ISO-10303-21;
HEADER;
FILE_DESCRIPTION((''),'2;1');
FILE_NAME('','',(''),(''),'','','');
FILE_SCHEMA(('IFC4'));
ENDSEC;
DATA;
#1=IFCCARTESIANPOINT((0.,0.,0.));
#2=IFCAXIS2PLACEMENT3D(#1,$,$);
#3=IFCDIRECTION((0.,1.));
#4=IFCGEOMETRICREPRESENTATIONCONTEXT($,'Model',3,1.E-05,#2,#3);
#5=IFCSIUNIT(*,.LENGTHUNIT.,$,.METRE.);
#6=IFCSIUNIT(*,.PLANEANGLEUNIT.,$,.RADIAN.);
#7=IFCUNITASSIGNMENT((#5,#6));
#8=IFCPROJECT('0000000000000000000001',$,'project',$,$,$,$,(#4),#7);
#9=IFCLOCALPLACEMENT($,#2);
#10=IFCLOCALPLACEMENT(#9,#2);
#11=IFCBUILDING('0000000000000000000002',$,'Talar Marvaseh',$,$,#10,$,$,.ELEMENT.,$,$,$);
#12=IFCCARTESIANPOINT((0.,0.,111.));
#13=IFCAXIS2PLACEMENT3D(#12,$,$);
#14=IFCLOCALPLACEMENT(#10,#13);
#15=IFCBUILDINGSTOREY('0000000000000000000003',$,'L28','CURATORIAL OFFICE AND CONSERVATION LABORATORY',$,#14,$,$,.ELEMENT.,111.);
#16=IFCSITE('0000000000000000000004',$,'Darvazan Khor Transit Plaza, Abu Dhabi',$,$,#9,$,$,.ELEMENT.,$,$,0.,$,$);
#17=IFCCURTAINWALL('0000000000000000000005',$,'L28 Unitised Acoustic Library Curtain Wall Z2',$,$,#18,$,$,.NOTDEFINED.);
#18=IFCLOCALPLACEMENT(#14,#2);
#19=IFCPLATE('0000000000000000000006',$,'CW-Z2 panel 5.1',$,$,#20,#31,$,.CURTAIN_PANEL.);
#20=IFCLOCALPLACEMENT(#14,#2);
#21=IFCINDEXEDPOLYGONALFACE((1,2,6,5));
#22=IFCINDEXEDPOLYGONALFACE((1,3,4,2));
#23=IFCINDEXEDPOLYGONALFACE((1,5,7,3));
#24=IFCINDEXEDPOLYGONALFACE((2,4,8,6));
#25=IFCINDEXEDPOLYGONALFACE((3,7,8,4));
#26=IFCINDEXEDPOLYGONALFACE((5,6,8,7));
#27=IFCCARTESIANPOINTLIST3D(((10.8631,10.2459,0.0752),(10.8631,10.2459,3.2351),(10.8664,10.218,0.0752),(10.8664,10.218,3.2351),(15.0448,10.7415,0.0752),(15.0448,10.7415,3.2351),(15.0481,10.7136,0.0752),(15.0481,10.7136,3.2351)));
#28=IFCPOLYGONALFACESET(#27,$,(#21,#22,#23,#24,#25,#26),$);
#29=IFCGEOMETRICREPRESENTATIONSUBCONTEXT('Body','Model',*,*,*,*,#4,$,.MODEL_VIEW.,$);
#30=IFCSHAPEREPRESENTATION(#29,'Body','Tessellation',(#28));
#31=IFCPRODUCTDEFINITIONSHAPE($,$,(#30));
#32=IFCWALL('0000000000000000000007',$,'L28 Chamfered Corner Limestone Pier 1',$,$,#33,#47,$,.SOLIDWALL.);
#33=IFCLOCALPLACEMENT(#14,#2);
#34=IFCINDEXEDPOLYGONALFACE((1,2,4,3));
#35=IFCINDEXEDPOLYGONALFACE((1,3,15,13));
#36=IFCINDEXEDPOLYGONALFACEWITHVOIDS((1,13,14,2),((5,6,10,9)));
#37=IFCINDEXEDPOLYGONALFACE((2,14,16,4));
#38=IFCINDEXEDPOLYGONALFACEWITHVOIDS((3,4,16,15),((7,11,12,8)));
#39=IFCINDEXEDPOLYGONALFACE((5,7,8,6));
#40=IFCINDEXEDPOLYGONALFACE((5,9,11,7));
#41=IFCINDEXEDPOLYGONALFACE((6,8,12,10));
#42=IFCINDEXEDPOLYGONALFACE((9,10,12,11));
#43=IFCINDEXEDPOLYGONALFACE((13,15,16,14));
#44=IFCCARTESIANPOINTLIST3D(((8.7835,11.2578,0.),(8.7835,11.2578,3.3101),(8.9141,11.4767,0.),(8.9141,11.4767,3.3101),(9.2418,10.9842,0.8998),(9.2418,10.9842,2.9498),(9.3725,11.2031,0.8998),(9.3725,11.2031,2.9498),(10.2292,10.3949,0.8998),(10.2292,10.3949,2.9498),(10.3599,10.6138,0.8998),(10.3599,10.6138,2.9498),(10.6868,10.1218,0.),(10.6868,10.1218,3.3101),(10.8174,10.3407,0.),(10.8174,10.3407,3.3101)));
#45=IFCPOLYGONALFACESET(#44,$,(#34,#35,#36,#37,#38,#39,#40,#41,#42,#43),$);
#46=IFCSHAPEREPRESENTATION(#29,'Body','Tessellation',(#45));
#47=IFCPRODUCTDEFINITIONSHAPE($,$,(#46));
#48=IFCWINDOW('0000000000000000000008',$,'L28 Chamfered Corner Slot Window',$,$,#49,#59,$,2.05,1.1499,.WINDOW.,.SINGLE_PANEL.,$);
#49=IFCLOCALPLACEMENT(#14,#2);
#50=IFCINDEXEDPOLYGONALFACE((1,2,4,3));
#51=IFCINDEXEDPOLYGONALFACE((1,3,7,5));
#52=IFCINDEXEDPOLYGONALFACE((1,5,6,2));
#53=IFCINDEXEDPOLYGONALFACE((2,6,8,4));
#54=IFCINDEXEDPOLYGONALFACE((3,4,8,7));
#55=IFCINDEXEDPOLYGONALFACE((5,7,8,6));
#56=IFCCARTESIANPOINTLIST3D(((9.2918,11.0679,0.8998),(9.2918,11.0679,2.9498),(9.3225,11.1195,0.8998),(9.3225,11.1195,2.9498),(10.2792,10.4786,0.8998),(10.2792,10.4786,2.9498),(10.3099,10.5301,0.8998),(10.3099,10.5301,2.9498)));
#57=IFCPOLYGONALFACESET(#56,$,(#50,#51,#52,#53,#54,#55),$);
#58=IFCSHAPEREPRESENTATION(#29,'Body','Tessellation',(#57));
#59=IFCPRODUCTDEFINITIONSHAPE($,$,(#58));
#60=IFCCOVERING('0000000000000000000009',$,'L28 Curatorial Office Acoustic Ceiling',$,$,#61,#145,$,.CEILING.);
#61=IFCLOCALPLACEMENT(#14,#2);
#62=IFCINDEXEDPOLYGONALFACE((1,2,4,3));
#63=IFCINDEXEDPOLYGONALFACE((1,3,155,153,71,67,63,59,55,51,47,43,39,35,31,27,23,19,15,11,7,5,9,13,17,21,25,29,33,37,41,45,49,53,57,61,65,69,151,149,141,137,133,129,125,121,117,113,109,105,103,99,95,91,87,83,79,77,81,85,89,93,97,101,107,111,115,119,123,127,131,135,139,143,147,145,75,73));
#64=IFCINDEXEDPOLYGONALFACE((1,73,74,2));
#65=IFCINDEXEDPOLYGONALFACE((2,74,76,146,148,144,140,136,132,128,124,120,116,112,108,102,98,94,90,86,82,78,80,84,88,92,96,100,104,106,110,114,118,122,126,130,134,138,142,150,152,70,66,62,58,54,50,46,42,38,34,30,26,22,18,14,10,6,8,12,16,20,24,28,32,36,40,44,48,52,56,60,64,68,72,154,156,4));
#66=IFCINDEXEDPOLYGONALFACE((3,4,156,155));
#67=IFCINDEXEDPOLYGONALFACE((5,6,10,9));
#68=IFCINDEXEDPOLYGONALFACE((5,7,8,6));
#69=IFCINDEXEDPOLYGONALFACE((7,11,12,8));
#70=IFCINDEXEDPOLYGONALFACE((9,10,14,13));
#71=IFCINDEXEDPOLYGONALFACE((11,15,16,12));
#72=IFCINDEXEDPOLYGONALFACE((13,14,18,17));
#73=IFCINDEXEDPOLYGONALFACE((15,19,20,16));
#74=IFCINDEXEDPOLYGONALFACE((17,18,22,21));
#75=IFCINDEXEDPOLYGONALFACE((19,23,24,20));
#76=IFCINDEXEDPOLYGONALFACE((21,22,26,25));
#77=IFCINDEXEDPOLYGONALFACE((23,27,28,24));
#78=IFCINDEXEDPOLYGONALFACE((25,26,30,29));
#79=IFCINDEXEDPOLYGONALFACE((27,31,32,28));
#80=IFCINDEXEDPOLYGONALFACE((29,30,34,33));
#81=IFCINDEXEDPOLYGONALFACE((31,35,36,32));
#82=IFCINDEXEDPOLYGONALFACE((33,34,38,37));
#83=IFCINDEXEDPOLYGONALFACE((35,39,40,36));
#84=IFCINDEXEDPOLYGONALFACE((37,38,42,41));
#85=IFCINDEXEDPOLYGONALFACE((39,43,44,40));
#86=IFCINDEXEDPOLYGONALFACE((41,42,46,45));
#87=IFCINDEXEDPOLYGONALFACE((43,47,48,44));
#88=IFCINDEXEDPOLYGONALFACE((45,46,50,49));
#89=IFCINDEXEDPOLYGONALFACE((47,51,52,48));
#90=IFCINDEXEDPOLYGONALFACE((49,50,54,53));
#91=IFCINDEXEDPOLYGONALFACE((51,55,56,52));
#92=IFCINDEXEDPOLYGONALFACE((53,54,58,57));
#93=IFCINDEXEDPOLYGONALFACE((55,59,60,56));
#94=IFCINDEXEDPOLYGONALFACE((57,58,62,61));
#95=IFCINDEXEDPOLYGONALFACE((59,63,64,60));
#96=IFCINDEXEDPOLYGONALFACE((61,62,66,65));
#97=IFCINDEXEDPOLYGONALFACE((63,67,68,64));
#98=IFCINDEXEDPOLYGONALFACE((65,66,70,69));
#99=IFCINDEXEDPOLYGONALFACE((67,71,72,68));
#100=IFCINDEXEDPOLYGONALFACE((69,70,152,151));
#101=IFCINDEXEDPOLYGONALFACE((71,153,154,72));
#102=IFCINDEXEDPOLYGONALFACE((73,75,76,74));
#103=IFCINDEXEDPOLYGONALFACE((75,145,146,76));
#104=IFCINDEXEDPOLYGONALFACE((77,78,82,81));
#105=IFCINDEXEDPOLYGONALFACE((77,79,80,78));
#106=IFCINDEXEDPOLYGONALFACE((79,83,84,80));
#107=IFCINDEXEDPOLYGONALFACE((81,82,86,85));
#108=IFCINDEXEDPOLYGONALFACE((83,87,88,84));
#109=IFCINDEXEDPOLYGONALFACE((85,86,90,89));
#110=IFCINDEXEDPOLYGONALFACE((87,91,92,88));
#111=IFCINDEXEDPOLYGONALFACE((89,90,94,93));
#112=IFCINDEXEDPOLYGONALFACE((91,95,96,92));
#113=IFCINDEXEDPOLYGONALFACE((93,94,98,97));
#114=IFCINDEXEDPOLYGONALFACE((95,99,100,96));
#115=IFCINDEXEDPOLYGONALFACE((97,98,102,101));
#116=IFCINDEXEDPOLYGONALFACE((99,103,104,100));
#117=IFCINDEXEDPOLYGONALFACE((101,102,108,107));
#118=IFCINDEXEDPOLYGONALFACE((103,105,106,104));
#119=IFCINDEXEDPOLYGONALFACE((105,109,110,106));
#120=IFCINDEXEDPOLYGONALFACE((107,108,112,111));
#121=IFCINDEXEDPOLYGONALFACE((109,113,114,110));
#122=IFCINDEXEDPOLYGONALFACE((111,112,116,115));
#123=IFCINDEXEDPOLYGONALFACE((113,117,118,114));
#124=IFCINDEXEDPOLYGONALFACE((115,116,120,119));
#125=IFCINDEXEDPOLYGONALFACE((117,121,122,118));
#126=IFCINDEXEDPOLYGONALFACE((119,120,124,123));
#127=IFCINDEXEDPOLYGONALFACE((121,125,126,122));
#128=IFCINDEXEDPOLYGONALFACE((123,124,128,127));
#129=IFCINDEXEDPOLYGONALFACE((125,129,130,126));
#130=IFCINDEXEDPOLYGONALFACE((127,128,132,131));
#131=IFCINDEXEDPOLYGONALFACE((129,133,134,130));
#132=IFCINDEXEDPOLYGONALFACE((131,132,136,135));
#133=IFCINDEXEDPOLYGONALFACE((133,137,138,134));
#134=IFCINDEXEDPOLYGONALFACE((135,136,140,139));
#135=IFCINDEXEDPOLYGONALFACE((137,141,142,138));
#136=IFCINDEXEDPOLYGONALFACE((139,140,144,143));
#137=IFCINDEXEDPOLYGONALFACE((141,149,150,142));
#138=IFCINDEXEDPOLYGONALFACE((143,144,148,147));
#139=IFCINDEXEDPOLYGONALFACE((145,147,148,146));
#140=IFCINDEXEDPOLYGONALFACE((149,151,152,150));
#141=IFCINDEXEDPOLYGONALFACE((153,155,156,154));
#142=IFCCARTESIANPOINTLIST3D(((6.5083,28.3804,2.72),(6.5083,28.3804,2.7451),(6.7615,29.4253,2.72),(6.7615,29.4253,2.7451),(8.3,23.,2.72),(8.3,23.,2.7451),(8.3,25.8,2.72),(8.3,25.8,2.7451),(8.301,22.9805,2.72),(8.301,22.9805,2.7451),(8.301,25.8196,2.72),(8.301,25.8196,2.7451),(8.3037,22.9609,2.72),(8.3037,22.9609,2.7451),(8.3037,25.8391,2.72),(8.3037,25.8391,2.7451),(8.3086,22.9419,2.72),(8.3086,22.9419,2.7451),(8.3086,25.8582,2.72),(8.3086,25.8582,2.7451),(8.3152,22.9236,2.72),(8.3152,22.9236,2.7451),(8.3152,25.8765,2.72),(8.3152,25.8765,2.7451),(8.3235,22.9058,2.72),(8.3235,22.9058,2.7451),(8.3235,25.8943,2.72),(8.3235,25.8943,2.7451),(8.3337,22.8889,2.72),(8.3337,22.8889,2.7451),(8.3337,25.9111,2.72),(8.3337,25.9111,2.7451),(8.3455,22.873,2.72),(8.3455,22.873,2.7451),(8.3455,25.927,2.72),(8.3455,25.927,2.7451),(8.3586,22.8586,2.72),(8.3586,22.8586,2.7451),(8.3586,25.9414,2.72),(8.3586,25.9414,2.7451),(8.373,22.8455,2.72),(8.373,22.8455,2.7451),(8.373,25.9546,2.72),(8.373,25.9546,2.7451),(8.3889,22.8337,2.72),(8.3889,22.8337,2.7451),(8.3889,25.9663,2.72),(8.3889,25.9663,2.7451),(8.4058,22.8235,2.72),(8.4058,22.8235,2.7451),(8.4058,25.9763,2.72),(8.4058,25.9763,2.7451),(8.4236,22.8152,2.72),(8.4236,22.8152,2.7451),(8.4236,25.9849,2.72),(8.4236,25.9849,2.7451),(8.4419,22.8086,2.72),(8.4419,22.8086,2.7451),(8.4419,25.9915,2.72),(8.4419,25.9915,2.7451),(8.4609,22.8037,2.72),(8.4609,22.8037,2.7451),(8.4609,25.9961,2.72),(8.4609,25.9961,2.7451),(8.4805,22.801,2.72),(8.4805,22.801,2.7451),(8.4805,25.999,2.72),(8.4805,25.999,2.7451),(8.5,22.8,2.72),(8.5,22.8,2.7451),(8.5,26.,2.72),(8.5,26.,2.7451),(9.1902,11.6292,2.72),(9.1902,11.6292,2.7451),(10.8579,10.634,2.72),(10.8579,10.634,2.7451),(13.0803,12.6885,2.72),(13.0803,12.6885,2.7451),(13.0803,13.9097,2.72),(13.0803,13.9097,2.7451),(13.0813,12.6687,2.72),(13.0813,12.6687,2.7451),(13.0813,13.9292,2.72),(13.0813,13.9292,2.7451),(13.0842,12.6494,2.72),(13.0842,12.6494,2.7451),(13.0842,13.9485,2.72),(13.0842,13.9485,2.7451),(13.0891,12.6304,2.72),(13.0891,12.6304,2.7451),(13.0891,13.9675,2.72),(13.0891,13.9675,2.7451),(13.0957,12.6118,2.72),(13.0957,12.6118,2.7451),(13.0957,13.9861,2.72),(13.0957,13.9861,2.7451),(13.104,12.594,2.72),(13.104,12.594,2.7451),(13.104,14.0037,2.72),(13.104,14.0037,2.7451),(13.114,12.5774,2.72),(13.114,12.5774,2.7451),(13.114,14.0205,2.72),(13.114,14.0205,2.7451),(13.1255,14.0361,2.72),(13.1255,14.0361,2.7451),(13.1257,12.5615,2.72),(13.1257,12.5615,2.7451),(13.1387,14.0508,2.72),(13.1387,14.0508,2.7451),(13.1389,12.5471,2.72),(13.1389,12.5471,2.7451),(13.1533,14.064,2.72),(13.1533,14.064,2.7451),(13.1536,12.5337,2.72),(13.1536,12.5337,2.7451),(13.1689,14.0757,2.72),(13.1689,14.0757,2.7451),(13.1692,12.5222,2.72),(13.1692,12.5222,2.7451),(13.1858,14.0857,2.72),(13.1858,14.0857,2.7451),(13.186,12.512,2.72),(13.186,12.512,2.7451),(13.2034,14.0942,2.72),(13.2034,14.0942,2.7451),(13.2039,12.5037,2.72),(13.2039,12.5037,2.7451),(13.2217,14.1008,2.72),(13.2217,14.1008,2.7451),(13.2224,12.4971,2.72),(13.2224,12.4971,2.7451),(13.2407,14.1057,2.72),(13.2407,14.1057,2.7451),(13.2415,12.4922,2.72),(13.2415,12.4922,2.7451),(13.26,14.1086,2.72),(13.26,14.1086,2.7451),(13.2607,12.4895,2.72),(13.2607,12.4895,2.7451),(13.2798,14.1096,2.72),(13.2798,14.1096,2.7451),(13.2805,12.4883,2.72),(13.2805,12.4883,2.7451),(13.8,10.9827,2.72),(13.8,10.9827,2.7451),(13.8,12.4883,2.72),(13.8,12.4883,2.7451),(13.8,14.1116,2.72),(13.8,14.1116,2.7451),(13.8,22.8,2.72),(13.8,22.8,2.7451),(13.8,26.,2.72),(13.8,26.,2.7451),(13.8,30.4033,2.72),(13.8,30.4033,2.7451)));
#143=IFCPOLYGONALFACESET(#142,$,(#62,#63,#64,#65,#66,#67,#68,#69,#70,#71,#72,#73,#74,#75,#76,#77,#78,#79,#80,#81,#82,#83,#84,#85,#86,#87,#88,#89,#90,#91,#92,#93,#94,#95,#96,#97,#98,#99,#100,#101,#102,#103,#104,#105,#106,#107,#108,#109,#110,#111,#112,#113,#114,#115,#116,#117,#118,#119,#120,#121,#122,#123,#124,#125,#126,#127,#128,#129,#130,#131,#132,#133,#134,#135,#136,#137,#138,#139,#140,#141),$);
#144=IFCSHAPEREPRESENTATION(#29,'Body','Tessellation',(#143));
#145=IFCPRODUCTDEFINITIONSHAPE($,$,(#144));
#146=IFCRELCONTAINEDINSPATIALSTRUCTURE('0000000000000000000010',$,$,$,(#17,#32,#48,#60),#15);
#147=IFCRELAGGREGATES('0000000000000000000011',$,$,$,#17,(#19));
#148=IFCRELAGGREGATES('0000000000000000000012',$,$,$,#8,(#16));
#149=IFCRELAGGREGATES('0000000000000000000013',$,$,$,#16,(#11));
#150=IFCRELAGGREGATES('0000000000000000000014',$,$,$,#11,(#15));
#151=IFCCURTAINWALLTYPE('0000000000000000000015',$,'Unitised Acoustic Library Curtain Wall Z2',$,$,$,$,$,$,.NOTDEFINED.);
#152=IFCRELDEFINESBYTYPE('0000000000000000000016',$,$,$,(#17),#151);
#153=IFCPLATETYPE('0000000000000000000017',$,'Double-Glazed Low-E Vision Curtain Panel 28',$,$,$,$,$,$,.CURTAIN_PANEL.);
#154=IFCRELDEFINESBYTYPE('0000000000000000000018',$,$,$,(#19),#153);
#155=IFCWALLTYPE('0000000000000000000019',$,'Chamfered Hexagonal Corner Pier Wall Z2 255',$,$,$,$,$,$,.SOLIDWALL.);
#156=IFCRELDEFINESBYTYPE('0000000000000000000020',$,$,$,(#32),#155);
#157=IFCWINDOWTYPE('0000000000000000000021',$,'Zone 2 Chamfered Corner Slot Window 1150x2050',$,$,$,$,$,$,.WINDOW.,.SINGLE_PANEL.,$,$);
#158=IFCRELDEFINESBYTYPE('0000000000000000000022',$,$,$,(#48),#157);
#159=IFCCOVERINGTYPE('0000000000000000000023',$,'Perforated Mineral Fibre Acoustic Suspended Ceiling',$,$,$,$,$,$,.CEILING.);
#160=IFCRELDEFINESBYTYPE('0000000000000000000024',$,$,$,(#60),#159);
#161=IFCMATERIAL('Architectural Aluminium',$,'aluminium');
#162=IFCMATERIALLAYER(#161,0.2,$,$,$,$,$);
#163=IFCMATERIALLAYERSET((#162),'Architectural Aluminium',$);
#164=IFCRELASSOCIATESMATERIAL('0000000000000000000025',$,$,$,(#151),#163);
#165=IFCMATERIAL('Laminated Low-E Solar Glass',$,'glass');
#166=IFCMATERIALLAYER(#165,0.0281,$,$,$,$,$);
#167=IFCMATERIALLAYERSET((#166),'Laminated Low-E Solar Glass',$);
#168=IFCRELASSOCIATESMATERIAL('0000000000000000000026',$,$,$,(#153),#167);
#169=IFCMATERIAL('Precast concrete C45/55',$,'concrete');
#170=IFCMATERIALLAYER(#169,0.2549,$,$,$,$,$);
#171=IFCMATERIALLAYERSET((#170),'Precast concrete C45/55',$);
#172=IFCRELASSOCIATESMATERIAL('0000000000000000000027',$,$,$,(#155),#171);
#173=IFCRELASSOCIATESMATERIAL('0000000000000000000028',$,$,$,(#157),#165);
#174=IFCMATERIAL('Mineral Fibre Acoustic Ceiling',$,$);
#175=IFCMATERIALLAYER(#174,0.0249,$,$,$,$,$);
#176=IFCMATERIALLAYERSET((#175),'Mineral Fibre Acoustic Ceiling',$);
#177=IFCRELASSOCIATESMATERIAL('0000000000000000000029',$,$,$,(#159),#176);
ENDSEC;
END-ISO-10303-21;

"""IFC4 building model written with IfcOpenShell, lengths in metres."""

from ifc_helpers import new_model, si_unit, direction, frame, frame_2d, origin, origin_2d, place, context, subcontext, project, spatial, polyline, rectangle, outline, extrude, source, transform, mapped, material, layer, layer_set, type_object, type_shapes, element, fill, aggregate, save


model = new_model("IFC4")

# Units and contexts
model_context = context("Model", 3, precision=1e-05, world=origin(), true_north=direction((0.0, 1.0)))
body_context = subcontext(model_context, "Body", "Model", "MODEL_VIEW")
ifc_project = project(units=[si_unit("LENGTHUNIT", "METRE"), si_unit("PLANEANGLEUNIT", "RADIAN")], contexts=[model_context])

# Site, building, storey
site_placement = place(None, origin())
site = spatial("IfcSite", under=ifc_project, at=site_placement, Name="Darvazan Khor Transit Plaza, Abu Dhabi", CompositionType="ELEMENT", RefElevation=0.0)
building_placement = place(site_placement, origin())
building = spatial("IfcBuilding", under=site, at=building_placement, Name="Talar Marvaseh", CompositionType="ELEMENT")
storey_placement = place(building_placement, frame((0.0, 0.0, 111.0)))
storey = spatial("IfcBuildingStorey", under=building, at=storey_placement, Name="L28", Description="CURATORIAL OFFICE AND CONSERVATION LABORATORY", CompositionType="ELEMENT", Elevation=111.0)

# Curtain wall
ifc_material_1 = material(Name="Architectural Aluminium", Category="aluminium")
ifc_layer_1 = layer(ifc_material_1, 0.2)
ifc_layer_set_1 = layer_set([ifc_layer_1], Name="Architectural Aluminium")
curtain_wall_type = type_object("IfcCurtainWallType", Name="Unitised Acoustic Library Curtain Wall Z2", PredefinedType="NOTDEFINED", material=ifc_layer_set_1)
curtain_wall_1_placement = place(storey_placement, origin())
curtain_wall_1 = element("IfcCurtainWall", 1, at=curtain_wall_1_placement, inside=storey, type_object=curtain_wall_type, Name="L28 Unitised Acoustic Library Curtain Wall Z2", PredefinedType="NOTDEFINED")

# Plate
ifc_material_2 = material(Name="Laminated Low-E Solar Glass", Category="glass")
ifc_layer_2 = layer(ifc_material_2, 0.0281)
ifc_layer_set_2 = layer_set([ifc_layer_2], Name="Laminated Low-E Solar Glass")
plate_type = type_object("IfcPlateType", Name="Double-Glazed Low-E Vision Curtain Panel 28", PredefinedType="CURTAIN_PANEL", material=ifc_layer_set_2)
shared_shape_1 = source(origin(), body_context, "Body", "SweptSolid", [
    extrude(rectangle(XDim=4.2109, YDim=0.0281, at=origin_2d()), origin(), (0.0, 0.0, 1.0), 3.1599),
])
type_shapes(plate_type, [shared_shape_1])
plate_placement = place(storey_placement, frame((12.9556, 10.4797, 0.0752), z_axis=(0.0, 0.0, 1.0), x_axis=(-0.99305, -0.117691, 0.0)))
plate = element("IfcPlate", 2, at=plate_placement, type_object=plate_type, Name="CW-Z2 panel 5.1", PredefinedType="CURTAIN_PANEL", context=body_context, shape_type="MappedRepresentation", body=[
    mapped(shared_shape_1, transform((0.0, 0.0, 0.0), x_axis=(1.0, 0.0, 0.0), y_axis=(0.0, 1.0, 0.0), z_axis=(0.0, 0.0, 1.0), scale=1.0)),
])
aggregate(curtain_wall_1, [plate])

# Wall, opening, window
ifc_material_3 = material(Name="Precast concrete C45/55", Category="concrete")
ifc_layer_3 = layer(ifc_material_3, 0.2549)
ifc_layer_set_3 = layer_set([ifc_layer_3], Name="Precast concrete C45/55")
wall_type = type_object("IfcWallType", Name="Chamfered Hexagonal Corner Pier Wall Z2 255", PredefinedType="SOLIDWALL", material=ifc_layer_set_3)
wall_placement = place(storey_placement, frame((10.7522, 10.2312, 0.0), z_axis=(0.0, 0.0, 1.0), x_axis=(-0.858686, 0.512502, 0.0)))
wall = element("IfcWall", 3, at=wall_placement, inside=storey, type_object=wall_type, Name="L28 Chamfered Corner Limestone Pier 1", PredefinedType="SOLIDWALL", context=body_context, shape_type="SweptSolid", body=[
    extrude(rectangle(XDim=2.2166, YDim=0.2549, at=frame_2d((1.1084, 0.0))), origin(), (0.0, 0.0, 1.0), 3.3101),
])
opening_placement = place(wall_placement, frame((0.533, 0.0, 0.8999)))
opening = element("IfcOpeningElement", 4, at=opening_placement, cuts=wall, PredefinedType="OPENING", context=body_context, shape_type="SweptSolid", body=[
    extrude(rectangle(XDim=1.1499, YDim=2.05, at=frame_2d((0.575, 1.0249))), frame((0.0, 0.1375, 0.0), z_axis=(0.0, -1.0, 0.0), x_axis=(1.0, 0.0, 0.0)), (0.0, 0.0, 1.0), 0.2749),
])
window_type = type_object("IfcWindowType", Name="Zone 2 Chamfered Corner Slot Window 1150x2050", PartitioningType="SINGLE_PANEL", PredefinedType="WINDOW", material=ifc_material_2)
shared_shape_2 = source(origin(), body_context, "Body", "SweptSolid", [
    extrude(rectangle(XDim=1.1499, YDim=2.05, at=frame_2d((0.575, 1.0249))), frame((0.0, 0.03, 0.0), z_axis=(0.0, -1.0, 0.0), x_axis=(1.0, 0.0, 0.0)), (0.0, 0.0, 1.0), 0.0601),
])
type_shapes(window_type, [shared_shape_2])
window_placement = place(opening_placement, origin())
window = element("IfcWindow", 5, at=window_placement, inside=storey, type_object=window_type, Name="L28 Chamfered Corner Slot Window", OverallHeight=2.05, OverallWidth=1.1499, PartitioningType="SINGLE_PANEL", PredefinedType="WINDOW", context=body_context, shape_type="MappedRepresentation", body=[
    mapped(shared_shape_2, transform((0.0, 0.0, 0.0), x_axis=(1.0, 0.0, 0.0), y_axis=(0.0, 1.0, 0.0), z_axis=(0.0, 0.0, 1.0), scale=1.0)),
])
fill(opening, window)

# Covering
ifc_material_4 = material(Name="Mineral Fibre Acoustic Ceiling")
ifc_layer_4 = layer(ifc_material_4, 0.0249)
ifc_layer_set_4 = layer_set([ifc_layer_4], Name="Mineral Fibre Acoustic Ceiling")
covering_type_1 = type_object("IfcCoveringType", Name="Perforated Mineral Fibre Acoustic Suspended Ceiling", PredefinedType="CEILING", material=ifc_layer_set_4)
covering_1_placement = place(storey_placement, frame((0.0, 0.0, 2.72)))
element("IfcCovering", 6, at=covering_1_placement, inside=storey, type_object=covering_type_1, Name="L28 Curatorial Office Acoustic Ceiling", PredefinedType="CEILING", context=body_context, shape_type="SweptSolid", body=[
    extrude(outline(polyline([(6.7615, 29.4253), (13.8, 30.4033), (13.8, 26.0), (8.5, 26.0), (8.4805, 25.999), (8.4609, 25.9961), (8.4419, 25.9915), (8.4236, 25.9849), (8.4058, 25.9763), (8.3889, 25.9663), (8.373, 25.9546), (8.3586, 25.9414), (8.3455, 25.927), (8.3337, 25.9111), (8.3235, 25.8943), (8.3152, 25.8765), (8.3086, 25.8582), (8.3037, 25.8391), (8.301, 25.8196), (8.3, 25.8), (8.3, 23.0), (8.301, 22.9805), (8.3037, 22.9609), (8.3086, 22.9419), (8.3152, 22.9236), (8.3235, 22.9058), (8.3337, 22.8889), (8.3455, 22.873), (8.3586, 22.8586), (8.373, 22.8455), (8.3889, 22.8337), (8.4058, 22.8235), (8.4236, 22.8152), (8.4419, 22.8086), (8.4609, 22.8037), (8.4805, 22.801), (8.5, 22.8), (13.8, 22.8), (13.8, 14.1116), (13.2798, 14.1096), (13.26, 14.1086), (13.2407, 14.1057), (13.2217, 14.1008), (13.2034, 14.0942), (13.1858, 14.0857), (13.1689, 14.0757), (13.1533, 14.064), (13.1387, 14.0508), (13.1255, 14.0361), (13.114, 14.0205), (13.104, 14.0037), (13.0957, 13.9861), (13.0891, 13.9675), (13.0842, 13.9485), (13.0813, 13.9292), (13.0803, 13.9097), (13.0803, 12.6885), (13.0813, 12.6687), (13.0842, 12.6494), (13.0891, 12.6304), (13.0957, 12.6118), (13.104, 12.594), (13.114, 12.5774), (13.1257, 12.5615), (13.1389, 12.5471), (13.1536, 12.5337), (13.1692, 12.5222), (13.186, 12.512), (13.2039, 12.5037), (13.2224, 12.4971), (13.2415, 12.4922), (13.2607, 12.4895), (13.2805, 12.4883), (13.8, 12.4883), (13.8, 10.9827), (10.8579, 10.634), (9.1902, 11.6292), (6.5083, 28.3804), (6.7615, 29.4253)])), origin(), (0.0, 0.0, 1.0), 0.0251),
])

save(model, "model.ifc")
